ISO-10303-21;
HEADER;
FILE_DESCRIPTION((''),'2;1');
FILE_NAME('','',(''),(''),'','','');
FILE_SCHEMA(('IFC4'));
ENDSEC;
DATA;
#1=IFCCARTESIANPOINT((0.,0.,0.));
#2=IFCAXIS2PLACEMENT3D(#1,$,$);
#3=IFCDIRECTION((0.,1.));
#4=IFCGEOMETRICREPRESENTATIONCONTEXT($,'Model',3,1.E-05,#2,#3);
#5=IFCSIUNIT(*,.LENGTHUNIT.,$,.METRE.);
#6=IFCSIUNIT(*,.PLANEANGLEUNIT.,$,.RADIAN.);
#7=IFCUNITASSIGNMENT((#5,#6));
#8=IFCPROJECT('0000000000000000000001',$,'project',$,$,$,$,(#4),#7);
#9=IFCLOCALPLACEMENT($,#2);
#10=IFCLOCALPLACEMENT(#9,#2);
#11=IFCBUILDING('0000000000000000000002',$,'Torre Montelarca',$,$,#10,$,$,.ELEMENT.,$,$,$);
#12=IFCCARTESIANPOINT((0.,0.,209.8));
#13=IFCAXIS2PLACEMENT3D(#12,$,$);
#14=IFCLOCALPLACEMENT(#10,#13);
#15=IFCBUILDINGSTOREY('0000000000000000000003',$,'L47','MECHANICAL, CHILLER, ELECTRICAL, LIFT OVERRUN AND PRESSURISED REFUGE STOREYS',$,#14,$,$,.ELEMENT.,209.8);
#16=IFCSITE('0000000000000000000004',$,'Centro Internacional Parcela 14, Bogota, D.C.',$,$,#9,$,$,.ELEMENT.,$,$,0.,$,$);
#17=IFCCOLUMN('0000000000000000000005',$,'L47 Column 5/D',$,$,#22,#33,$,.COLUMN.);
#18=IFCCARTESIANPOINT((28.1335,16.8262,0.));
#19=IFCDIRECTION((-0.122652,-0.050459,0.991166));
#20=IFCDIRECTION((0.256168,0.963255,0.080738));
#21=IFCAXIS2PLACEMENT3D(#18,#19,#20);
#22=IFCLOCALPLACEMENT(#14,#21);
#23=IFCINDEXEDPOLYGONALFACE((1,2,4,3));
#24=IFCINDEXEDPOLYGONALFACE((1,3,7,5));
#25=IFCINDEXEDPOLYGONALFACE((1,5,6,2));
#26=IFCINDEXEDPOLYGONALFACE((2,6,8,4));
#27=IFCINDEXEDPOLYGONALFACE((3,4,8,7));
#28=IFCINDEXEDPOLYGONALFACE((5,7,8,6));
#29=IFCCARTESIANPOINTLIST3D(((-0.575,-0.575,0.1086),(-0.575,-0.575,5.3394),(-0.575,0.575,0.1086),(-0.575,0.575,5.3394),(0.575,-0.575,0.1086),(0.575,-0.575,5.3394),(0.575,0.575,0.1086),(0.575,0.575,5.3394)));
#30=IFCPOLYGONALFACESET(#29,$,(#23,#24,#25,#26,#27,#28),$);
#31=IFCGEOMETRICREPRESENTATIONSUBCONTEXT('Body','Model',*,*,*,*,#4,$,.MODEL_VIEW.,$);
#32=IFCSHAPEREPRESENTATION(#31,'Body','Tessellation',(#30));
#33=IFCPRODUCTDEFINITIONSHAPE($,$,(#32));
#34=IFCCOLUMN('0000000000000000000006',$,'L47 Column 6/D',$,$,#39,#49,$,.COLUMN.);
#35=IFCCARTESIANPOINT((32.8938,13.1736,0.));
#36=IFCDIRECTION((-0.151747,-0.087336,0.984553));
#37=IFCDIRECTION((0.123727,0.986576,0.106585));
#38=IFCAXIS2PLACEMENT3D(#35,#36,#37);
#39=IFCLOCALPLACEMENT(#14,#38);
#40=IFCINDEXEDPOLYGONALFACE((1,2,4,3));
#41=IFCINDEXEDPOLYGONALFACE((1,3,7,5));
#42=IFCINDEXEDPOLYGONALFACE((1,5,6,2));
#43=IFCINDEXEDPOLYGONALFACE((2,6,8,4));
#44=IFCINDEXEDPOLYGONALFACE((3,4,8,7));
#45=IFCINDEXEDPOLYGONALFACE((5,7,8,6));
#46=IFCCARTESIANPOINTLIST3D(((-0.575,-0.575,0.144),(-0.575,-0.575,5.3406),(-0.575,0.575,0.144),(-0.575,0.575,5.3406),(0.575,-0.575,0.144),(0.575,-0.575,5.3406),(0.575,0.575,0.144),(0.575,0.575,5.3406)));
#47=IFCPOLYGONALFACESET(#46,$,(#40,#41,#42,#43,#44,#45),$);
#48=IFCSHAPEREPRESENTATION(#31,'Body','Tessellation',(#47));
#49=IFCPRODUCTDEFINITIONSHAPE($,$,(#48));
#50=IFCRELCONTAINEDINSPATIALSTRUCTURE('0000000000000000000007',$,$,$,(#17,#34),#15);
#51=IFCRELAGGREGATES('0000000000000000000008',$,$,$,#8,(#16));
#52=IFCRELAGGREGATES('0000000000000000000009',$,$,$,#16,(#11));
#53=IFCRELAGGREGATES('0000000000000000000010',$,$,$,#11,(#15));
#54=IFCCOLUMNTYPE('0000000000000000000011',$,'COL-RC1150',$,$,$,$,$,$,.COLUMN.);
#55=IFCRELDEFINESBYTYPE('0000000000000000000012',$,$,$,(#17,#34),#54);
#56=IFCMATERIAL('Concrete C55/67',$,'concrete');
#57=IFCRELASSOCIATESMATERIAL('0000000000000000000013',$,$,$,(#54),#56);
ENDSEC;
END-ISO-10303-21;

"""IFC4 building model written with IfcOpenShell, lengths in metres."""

from ifc_helpers import new_model, si_unit, direction, frame, origin, origin_2d, place, context, subcontext, project, spatial, rectangle, extrude, clip, halfspace, material, material_profile, profile_set, type_object, element, save


model = new_model("IFC4")

# Units and contexts
model_context = context("Model", 3, precision=1e-05, world=origin(), true_north=direction((0.0, 1.0)))
body_context = subcontext(model_context, "Body", "Model", "MODEL_VIEW")
ifc_project = project(units=[si_unit("LENGTHUNIT", "METRE"), si_unit("PLANEANGLEUNIT", "RADIAN")], contexts=[model_context])

# Site, building, storey
site_placement = place(None, origin())
site = spatial("IfcSite", under=ifc_project, at=site_placement, Name="Centro Internacional Parcela 14, Bogota, D.C.", CompositionType="ELEMENT", RefElevation=0.0)
building_placement = place(site_placement, origin())
building = spatial("IfcBuilding", under=site, at=building_placement, Name="Torre Montelarca", CompositionType="ELEMENT")
storey_placement = place(building_placement, frame((0.0, 0.0, 209.8)))
storey = spatial("IfcBuildingStorey", under=building, at=storey_placement, Name="L47", Description="MECHANICAL, CHILLER, ELECTRICAL, LIFT OVERRUN AND PRESSURISED REFUGE STOREYS", CompositionType="ELEMENT", Elevation=209.8)

# Columns
ifc_material_1 = material(Name="Concrete C55/67", Category="concrete")
ifc_material_profile_1 = material_profile(ifc_material_1, rectangle(XDim=1.1499, YDim=1.1499, at=origin_2d()), Name="RC1150X1150", Category="concrete")
ifc_profile_set_1 = profile_set([ifc_material_profile_1], Name="Concrete C55/67")
column_type = type_object("IfcColumnType", Name="COL-RC1150", PredefinedType="COLUMN", material=ifc_profile_set_1)
column_1_placement = place(storey_placement, frame((28.1335, 16.8262, 0.0), z_axis=(-0.122652, -0.050459, 0.991166), x_axis=(0.256168, 0.963255, 0.080738)))
element("IfcColumn", 1, at=column_1_placement, inside=storey, type_object=column_type, Name="L47 Column 5/D", PredefinedType="COLUMN", context=body_context, shape_type="Clipping", body=[
    clip(clip(extrude(rectangle(XDim=1.1499, YDim=1.1499, at=origin_2d()), origin(), (0.0, 0.0, 1.0), 5.448), halfspace(frame((0.0, 0.0, 0.1086), z_axis=(0.0, 0.0, -1.0), x_axis=(1.0, 0.0, 0.0)), False)), halfspace(frame((0.0, 0.0, 5.3394), z_axis=(0.0, 0.0, 1.0), x_axis=(1.0, 0.0, 0.0)), False)),
])
column_2_placement = place(storey_placement, frame((32.8938, 13.1736, 0.0), z_axis=(-0.151747, -0.087336, 0.984553), x_axis=(0.123727, 0.986576, 0.106585)))
element("IfcColumn", 2, at=column_2_placement, inside=storey, type_object=column_type, Name="L47 Column 6/D", PredefinedType="COLUMN", context=body_context, shape_type="Clipping", body=[
    clip(clip(extrude(rectangle(XDim=1.1499, YDim=1.1499, at=origin_2d()), origin(), (0.0, 0.0, 1.0), 5.4846), halfspace(frame((0.0, 0.0, 0.144), z_axis=(0.0, 0.0, -1.0), x_axis=(1.0, 0.0, 0.0)), False)), halfspace(frame((0.0, 0.0, 5.3406), z_axis=(0.0, 0.0, 1.0), x_axis=(1.0, 0.0, 0.0)), False)),
])

save(model, "model.ifc")
